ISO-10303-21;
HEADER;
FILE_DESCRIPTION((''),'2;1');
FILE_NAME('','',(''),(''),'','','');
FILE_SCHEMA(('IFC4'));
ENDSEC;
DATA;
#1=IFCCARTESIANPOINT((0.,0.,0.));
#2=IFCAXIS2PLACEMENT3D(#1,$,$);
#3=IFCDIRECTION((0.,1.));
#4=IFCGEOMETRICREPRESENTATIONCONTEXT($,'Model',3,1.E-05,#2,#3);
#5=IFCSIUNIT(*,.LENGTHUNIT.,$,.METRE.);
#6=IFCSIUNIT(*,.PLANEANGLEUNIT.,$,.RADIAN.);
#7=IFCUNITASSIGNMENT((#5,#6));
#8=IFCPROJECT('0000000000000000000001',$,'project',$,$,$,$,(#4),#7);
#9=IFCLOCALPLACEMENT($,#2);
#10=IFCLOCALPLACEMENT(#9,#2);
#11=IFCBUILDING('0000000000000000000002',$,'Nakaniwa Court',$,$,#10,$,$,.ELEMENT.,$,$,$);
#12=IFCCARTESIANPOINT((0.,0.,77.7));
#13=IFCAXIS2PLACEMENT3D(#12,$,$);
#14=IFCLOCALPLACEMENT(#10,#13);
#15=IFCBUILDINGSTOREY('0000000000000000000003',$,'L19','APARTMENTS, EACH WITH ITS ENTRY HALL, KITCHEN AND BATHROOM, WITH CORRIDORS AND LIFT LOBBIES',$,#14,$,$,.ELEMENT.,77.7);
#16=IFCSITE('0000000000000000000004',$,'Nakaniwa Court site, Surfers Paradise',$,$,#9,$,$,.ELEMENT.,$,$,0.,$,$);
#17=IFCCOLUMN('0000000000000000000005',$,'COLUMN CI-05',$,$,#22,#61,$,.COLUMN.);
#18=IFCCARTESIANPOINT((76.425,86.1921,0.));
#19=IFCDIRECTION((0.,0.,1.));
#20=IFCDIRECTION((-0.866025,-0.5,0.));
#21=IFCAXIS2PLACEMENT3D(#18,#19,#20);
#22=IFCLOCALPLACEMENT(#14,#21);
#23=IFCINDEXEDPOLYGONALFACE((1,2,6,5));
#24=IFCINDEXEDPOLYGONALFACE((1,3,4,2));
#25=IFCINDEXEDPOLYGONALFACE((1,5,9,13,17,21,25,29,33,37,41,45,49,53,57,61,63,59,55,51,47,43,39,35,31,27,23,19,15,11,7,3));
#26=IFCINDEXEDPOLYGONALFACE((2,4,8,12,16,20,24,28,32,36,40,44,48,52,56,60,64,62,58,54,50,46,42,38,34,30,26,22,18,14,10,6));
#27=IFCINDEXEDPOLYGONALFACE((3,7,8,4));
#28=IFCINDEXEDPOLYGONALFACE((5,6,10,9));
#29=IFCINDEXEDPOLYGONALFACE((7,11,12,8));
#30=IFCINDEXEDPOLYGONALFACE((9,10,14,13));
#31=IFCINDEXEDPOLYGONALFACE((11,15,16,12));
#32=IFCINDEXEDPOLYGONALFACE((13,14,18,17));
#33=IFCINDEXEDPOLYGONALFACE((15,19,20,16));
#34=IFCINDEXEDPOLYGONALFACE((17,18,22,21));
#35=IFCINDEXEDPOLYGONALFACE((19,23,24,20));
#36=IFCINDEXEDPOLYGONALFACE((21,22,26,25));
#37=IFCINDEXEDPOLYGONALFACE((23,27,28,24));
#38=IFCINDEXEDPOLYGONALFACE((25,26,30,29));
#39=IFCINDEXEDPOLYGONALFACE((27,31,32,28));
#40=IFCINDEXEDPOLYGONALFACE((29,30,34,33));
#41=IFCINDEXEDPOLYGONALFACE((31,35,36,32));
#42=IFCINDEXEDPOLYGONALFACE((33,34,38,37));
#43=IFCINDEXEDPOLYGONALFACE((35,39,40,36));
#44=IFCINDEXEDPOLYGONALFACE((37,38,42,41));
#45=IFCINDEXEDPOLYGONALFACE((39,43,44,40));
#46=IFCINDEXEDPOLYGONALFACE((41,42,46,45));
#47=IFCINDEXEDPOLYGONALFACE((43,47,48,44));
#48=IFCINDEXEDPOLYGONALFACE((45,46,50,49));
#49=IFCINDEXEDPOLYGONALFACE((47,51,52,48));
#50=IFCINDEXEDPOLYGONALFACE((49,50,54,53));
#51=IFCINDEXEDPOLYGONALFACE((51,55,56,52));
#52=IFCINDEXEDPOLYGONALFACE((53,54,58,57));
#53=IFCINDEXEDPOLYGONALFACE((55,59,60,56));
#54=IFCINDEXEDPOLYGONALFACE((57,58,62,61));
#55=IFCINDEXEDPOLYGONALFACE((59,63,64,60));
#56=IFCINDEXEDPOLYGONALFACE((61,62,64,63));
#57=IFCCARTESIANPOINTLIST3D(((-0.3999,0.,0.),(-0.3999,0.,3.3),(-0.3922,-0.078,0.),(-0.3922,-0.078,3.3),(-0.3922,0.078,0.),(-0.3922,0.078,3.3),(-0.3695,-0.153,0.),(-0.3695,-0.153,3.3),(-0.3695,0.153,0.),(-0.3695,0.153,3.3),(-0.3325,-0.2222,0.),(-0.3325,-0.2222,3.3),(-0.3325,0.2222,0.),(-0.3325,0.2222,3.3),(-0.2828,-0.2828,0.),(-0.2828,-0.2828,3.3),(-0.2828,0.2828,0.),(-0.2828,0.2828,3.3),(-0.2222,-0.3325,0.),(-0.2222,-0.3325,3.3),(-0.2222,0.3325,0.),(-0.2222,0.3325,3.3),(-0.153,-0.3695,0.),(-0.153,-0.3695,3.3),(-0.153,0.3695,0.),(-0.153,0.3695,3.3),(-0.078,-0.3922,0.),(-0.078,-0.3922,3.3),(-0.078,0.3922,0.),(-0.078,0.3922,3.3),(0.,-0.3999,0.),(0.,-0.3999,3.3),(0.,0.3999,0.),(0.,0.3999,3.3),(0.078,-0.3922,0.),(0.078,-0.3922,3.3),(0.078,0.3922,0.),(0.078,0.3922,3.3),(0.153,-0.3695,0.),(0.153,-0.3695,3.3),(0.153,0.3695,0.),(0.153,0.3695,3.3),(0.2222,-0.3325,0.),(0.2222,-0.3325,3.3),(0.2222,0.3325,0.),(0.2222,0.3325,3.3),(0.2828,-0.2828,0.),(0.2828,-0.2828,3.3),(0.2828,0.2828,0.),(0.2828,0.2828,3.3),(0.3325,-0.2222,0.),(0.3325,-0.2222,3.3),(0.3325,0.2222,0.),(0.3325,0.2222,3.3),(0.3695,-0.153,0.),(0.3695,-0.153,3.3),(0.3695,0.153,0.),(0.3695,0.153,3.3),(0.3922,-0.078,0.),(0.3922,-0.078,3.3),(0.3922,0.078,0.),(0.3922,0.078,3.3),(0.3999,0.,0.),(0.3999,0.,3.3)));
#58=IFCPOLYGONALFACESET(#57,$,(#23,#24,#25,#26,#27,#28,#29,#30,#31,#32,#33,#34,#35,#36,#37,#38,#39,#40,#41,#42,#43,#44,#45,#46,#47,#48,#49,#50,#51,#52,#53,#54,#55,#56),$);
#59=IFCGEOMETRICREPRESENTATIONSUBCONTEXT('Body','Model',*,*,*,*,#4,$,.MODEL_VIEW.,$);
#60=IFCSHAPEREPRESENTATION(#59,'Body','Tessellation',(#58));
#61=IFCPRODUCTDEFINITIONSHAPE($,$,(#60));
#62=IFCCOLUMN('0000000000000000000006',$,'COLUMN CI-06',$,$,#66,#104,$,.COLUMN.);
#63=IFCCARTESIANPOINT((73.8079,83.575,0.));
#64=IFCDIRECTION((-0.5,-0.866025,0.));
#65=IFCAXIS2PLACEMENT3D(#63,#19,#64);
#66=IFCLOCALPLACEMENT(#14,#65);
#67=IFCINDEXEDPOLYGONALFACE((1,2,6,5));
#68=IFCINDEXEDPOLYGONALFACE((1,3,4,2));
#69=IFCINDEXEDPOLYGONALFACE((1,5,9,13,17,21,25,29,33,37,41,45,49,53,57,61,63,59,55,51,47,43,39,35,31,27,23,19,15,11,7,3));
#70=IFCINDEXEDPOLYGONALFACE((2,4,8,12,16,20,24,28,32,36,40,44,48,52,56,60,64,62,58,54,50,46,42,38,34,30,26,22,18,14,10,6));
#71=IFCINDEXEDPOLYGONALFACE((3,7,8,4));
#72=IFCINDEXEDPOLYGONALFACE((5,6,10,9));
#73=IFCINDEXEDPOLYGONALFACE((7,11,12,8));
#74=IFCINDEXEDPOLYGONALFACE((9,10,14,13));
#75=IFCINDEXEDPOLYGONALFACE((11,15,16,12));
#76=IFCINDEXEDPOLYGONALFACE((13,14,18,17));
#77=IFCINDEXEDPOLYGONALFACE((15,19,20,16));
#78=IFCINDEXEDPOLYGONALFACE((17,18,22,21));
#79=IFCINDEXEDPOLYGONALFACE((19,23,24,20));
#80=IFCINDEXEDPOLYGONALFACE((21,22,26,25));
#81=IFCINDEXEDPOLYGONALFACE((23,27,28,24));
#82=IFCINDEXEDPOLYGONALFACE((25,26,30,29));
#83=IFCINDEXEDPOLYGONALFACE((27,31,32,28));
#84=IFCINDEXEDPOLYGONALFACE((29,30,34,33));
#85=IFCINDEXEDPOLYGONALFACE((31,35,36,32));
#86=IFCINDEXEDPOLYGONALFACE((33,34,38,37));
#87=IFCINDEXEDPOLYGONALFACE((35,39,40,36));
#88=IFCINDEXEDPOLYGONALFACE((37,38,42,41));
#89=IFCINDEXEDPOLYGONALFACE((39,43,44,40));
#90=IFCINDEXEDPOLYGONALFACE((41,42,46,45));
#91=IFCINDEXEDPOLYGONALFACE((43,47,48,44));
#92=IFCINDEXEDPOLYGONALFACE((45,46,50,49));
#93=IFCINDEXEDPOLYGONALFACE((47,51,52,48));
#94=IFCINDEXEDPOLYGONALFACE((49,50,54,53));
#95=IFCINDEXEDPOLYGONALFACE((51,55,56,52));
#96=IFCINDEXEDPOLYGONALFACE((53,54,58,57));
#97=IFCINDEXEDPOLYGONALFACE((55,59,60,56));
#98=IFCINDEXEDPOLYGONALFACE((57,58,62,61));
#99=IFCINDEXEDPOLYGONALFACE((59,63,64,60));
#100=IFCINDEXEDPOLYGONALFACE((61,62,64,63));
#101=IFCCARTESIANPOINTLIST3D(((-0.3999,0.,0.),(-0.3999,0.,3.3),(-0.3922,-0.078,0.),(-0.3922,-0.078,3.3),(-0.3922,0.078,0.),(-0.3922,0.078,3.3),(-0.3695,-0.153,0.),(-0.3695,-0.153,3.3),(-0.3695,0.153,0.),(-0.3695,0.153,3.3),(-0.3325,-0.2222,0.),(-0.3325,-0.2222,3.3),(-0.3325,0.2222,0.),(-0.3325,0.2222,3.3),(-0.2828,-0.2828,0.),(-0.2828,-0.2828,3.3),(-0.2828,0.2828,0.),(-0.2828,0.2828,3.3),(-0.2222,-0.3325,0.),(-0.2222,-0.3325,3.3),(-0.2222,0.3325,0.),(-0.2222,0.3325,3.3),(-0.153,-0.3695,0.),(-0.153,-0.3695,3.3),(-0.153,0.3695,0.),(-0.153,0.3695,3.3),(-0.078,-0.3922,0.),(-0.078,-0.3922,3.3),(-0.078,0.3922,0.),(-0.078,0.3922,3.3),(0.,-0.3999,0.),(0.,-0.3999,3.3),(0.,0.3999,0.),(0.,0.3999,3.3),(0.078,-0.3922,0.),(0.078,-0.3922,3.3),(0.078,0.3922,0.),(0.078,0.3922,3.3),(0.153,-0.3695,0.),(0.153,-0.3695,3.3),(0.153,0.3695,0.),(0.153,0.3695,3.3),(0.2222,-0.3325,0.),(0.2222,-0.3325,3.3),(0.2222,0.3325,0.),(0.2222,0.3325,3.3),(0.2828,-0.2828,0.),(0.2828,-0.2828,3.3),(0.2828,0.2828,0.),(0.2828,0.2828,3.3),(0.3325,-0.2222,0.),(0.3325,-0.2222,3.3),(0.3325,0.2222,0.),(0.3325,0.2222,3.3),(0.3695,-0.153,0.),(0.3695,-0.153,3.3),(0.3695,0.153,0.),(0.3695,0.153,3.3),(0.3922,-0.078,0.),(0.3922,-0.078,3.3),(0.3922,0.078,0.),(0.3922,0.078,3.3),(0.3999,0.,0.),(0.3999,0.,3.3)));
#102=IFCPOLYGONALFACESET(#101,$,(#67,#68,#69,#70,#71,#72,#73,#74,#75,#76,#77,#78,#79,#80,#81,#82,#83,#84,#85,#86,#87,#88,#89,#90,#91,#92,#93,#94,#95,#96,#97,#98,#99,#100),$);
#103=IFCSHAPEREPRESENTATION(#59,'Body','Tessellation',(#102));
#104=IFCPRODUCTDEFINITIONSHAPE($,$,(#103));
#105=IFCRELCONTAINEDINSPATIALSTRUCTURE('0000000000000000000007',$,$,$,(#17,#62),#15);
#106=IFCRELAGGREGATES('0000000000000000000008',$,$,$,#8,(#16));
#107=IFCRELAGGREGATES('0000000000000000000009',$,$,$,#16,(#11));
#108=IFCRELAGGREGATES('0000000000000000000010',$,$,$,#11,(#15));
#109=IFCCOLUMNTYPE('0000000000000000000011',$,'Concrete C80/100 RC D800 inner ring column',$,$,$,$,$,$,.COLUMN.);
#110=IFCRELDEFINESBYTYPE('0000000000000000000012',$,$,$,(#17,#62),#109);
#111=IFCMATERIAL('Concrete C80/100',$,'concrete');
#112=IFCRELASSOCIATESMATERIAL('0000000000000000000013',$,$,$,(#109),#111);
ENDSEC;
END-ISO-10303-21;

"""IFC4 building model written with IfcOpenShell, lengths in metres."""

from ifc_helpers import new_model, si_unit, direction, frame, origin, origin_2d, place, context, subcontext, project, spatial, circle, extrude, material, material_profile, profile_set, type_object, element, save


model = new_model("IFC4")

# Units and contexts
model_context = context("Model", 3, precision=1e-05, world=origin(), true_north=direction((0.0, 1.0)))
body_context = subcontext(model_context, "Body", "Model", "MODEL_VIEW")
ifc_project = project(units=[si_unit("LENGTHUNIT", "METRE"), si_unit("PLANEANGLEUNIT", "RADIAN")], contexts=[model_context])

# Site, building, storey
site_placement = place(None, origin())
site = spatial("IfcSite", under=ifc_project, at=site_placement, Name="Nakaniwa Court site, Surfers Paradise", CompositionType="ELEMENT", RefElevation=0.0)
building_placement = place(site_placement, origin())
building = spatial("IfcBuilding", under=site, at=building_placement, Name="Nakaniwa Court", CompositionType="ELEMENT")
storey_placement = place(building_placement, frame((0.0, 0.0, 77.7)))
storey = spatial("IfcBuildingStorey", under=building, at=storey_placement, Name="L19", Description="APARTMENTS, EACH WITH ITS ENTRY HALL, KITCHEN AND BATHROOM, WITH CORRIDORS AND LIFT LOBBIES", CompositionType="ELEMENT", Elevation=77.7)

# Columns
ifc_material_1 = material(Name="Concrete C80/100", Category="concrete")
ifc_material_profile_1 = material_profile(ifc_material_1, circle(Radius=0.3999, at=origin_2d()), Name="Concrete C80/100 RC D800 inner ring column")
ifc_profile_set_1 = profile_set([ifc_material_profile_1], Name="Concrete C80/100")
column_type = type_object("IfcColumnType", Name="Concrete C80/100 RC D800 inner ring column", PredefinedType="COLUMN", material=ifc_profile_set_1)
for number, where, z_axis, x_axis, name in (
    (1, (76.425, 86.1921, 0.0), (0.0, 0.0, 1.0), (-0.866025, -0.5, 0.0), "COLUMN CI-05"),
    (2, (73.8079, 83.575, 0.0), (0.0, 0.0, 1.0), (-0.5, -0.866025, 0.0), "COLUMN CI-06"),
):
    element("IfcColumn", number, at=place(storey_placement, frame(where, z_axis=z_axis, x_axis=x_axis)), inside=storey, type_object=column_type, Name=name, PredefinedType="COLUMN", context=body_context, shape_type="SweptSolid", body=[
        extrude(circle(Radius=0.3999, at=origin_2d()), origin(), (0.0, 0.0, 1.0), 3.3),
    ])

save(model, "model.ifc")
